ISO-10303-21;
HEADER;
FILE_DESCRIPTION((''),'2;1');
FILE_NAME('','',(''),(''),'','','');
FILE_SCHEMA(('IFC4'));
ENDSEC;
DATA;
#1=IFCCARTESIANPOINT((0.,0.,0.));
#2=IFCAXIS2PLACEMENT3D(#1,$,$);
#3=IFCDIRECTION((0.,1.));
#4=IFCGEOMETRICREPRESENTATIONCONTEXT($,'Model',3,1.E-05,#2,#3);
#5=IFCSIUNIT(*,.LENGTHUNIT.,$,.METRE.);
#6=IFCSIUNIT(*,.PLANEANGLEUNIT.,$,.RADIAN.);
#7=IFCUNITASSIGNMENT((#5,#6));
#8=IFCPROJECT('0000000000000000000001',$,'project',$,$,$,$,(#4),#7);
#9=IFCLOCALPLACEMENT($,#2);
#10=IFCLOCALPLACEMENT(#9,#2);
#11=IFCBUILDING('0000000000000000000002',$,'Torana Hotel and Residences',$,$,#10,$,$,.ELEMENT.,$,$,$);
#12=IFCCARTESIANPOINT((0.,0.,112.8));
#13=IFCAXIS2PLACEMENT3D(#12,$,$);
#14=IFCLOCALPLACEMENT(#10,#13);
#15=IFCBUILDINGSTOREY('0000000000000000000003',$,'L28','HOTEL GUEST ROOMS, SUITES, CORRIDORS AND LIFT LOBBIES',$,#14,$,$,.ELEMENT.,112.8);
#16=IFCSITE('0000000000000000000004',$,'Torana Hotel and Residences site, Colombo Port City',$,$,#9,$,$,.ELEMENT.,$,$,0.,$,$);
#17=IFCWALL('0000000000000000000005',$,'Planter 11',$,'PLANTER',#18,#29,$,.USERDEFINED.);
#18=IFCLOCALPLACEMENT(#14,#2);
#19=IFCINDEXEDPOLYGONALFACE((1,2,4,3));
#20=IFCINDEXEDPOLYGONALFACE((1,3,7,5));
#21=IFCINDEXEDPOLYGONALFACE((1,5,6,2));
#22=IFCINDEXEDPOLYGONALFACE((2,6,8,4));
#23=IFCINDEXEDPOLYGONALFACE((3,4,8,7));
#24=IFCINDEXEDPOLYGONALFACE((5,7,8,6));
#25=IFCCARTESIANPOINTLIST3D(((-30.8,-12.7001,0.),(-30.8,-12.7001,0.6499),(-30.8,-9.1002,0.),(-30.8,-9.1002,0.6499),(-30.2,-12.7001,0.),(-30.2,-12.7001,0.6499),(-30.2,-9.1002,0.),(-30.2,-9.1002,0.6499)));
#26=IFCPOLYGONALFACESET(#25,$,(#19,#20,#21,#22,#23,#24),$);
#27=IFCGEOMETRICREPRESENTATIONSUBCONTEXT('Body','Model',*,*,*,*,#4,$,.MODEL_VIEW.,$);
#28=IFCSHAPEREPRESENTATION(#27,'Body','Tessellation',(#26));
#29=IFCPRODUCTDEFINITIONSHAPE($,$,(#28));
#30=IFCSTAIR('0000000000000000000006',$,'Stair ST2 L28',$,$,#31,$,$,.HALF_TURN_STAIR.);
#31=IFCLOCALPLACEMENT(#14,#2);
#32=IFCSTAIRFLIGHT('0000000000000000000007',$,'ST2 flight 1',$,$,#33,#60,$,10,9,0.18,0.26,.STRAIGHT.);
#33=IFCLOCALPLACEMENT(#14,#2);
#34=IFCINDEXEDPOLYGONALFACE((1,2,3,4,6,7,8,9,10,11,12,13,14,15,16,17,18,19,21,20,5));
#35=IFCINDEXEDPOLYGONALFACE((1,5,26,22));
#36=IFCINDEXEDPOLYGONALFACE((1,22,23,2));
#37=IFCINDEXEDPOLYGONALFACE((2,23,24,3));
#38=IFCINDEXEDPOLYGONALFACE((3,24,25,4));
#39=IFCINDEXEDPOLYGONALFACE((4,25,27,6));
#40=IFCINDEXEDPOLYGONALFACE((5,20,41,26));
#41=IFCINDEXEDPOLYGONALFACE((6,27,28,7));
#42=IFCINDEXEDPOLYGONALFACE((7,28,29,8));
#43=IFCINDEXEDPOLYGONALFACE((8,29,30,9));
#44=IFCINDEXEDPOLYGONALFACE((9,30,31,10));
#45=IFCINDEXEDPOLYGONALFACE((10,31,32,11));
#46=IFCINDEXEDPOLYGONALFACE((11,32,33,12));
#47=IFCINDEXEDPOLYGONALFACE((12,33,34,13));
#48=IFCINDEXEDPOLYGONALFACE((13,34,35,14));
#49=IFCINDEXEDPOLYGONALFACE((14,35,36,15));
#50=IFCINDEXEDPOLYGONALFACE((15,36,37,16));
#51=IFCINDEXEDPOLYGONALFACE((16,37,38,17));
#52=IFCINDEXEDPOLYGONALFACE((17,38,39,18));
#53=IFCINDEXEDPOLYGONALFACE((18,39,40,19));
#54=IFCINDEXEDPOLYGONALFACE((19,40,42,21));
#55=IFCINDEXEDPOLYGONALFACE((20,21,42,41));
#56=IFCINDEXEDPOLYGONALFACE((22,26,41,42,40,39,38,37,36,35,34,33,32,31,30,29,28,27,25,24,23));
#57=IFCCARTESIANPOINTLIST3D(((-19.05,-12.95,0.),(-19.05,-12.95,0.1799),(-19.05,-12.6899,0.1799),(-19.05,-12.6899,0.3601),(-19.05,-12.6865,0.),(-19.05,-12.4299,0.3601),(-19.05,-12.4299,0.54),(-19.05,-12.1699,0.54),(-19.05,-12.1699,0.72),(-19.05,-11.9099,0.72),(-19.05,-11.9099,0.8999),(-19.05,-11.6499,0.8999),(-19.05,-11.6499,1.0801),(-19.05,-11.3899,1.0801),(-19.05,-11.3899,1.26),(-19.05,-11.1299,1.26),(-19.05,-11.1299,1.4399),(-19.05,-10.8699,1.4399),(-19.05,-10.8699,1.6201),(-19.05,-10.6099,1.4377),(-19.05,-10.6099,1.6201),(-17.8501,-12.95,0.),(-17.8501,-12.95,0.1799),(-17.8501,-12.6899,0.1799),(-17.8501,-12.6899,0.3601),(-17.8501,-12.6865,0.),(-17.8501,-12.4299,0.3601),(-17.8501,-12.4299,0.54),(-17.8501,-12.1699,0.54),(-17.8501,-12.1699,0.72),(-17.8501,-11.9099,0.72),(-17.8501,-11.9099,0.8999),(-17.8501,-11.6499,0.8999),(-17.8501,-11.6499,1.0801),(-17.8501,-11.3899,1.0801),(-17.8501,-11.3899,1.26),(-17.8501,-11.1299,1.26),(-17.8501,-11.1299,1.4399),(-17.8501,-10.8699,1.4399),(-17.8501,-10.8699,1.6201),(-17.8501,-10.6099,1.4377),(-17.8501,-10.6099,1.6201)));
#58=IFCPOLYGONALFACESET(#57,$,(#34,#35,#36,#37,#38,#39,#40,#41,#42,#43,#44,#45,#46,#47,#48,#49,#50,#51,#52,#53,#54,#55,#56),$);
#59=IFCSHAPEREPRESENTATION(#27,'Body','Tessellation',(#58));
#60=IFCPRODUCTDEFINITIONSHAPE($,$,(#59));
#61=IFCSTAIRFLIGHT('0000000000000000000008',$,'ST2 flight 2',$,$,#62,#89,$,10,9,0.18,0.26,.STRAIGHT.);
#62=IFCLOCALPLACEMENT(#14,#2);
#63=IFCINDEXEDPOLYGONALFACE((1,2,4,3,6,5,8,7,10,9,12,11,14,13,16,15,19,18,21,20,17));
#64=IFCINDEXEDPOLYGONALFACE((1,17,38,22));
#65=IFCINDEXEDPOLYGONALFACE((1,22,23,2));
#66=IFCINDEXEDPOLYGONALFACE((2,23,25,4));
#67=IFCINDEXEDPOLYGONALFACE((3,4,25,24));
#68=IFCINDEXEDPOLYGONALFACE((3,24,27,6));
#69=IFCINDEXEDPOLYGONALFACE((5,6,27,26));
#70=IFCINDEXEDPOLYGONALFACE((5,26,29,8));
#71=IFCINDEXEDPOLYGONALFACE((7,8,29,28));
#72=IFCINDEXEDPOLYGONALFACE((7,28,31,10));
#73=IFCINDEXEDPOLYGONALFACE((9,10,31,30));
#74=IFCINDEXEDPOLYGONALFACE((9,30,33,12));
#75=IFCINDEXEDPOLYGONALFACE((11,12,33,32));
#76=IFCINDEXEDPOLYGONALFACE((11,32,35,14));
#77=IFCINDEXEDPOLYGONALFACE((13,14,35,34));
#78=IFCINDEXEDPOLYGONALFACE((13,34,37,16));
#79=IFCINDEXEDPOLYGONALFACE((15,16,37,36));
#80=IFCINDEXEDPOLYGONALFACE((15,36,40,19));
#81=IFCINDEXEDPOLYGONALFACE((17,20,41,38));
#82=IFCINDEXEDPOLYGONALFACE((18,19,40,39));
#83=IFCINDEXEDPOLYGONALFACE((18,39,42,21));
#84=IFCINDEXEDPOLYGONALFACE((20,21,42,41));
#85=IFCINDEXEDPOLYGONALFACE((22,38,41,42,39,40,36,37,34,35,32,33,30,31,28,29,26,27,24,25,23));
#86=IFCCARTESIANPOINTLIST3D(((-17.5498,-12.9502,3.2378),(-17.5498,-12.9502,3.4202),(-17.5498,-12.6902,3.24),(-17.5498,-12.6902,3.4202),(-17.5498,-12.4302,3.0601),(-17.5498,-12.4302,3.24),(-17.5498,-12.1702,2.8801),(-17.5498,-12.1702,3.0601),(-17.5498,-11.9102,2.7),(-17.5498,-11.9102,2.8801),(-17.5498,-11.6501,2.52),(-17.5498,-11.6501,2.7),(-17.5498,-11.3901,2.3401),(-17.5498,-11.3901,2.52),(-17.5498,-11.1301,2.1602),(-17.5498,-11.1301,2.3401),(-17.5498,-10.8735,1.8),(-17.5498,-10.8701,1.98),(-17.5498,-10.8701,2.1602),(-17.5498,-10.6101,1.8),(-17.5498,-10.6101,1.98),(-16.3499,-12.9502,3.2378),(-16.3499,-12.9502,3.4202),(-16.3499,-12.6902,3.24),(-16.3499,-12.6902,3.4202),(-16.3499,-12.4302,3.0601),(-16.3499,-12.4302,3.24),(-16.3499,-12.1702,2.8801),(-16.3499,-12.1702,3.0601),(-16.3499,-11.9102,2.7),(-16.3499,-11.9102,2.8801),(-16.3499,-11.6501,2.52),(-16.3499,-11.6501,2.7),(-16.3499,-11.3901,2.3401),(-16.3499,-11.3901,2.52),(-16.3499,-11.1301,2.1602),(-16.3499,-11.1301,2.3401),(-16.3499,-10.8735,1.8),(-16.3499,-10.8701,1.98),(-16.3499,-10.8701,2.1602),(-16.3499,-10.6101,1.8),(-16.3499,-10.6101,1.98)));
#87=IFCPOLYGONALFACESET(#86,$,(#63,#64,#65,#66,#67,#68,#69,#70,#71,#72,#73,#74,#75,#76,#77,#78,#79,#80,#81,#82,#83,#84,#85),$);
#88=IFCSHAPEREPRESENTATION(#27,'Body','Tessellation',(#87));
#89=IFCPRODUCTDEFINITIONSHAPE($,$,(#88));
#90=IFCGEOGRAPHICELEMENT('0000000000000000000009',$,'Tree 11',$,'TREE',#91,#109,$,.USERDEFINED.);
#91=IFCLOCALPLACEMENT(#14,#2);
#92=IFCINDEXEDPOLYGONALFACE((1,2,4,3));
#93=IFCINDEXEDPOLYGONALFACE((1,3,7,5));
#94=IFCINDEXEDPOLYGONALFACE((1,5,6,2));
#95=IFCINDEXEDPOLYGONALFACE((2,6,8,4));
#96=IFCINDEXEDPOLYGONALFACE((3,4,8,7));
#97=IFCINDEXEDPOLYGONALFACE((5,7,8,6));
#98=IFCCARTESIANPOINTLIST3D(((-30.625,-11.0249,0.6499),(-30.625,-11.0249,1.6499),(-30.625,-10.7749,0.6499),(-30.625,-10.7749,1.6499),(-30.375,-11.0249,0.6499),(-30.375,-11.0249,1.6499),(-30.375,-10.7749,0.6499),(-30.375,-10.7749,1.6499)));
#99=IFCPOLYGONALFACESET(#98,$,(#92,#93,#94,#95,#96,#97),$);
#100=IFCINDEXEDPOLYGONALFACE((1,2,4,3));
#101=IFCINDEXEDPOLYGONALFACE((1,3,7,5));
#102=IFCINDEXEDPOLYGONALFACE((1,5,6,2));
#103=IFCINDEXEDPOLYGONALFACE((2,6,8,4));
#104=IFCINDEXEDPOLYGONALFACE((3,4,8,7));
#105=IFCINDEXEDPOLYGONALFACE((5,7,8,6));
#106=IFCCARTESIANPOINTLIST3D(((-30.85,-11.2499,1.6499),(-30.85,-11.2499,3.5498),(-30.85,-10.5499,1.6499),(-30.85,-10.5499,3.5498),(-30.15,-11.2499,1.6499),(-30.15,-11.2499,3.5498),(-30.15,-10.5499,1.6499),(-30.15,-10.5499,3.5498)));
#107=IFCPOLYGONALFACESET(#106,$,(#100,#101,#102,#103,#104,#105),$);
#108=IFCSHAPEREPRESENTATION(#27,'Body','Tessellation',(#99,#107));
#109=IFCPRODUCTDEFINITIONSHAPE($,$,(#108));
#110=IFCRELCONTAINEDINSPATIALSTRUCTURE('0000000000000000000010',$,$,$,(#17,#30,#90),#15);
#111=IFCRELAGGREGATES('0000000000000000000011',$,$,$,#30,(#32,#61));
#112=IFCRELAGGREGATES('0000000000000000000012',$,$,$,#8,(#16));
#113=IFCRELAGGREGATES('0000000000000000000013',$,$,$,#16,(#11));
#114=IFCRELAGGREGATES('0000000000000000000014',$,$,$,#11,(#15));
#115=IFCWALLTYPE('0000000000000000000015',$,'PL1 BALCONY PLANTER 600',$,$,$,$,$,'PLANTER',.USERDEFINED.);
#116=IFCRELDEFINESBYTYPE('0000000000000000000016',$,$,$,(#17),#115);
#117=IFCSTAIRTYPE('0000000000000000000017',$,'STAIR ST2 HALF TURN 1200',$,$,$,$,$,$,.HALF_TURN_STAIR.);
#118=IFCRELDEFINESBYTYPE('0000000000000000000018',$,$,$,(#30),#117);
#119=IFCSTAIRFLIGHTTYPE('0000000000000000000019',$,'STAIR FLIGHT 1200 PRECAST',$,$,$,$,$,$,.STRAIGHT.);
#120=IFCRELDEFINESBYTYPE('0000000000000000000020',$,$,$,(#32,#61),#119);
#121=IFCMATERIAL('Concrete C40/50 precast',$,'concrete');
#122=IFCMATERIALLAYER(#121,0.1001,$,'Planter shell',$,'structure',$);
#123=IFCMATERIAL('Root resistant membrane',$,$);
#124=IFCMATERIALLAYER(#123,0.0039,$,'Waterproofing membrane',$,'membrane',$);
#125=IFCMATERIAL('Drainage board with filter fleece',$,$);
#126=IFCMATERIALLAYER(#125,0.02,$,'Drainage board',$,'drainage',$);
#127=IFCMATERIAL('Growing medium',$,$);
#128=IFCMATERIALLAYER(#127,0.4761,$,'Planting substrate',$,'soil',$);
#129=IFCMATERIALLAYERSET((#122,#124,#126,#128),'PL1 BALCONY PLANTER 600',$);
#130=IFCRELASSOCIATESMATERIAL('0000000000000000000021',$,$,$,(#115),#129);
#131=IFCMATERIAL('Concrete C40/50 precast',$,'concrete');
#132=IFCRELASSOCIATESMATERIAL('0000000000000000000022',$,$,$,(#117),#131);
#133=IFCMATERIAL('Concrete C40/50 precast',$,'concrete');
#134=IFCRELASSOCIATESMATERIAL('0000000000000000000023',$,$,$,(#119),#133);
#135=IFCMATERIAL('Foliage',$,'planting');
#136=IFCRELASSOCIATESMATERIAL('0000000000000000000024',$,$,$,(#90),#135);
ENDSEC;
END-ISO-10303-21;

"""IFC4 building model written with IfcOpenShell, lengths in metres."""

from ifc_helpers import new_model, si_unit, direction, frame, frame_2d, origin, origin_2d, place, context, subcontext, project, spatial, polyline, rectangle, outline, extrude, material, layer, layer_set, type_object, element, aggregate, save


model = new_model("IFC4")

# Units and contexts
model_context = context("Model", 3, precision=1e-05, world=origin(), true_north=direction((0.0, 1.0)))
body_context = subcontext(model_context, "Body", "Model", "MODEL_VIEW")
ifc_project = project(units=[si_unit("LENGTHUNIT", "METRE"), si_unit("PLANEANGLEUNIT", "RADIAN")], contexts=[model_context])

# Site, building, storey
site_placement = place(None, origin())
site = spatial("IfcSite", under=ifc_project, at=site_placement, Name="Torana Hotel and Residences site, Colombo Port City", CompositionType="ELEMENT", RefElevation=0.0)
building_placement = place(site_placement, origin())
building = spatial("IfcBuilding", under=site, at=building_placement, Name="Torana Hotel and Residences", CompositionType="ELEMENT")
storey_placement = place(building_placement, frame((0.0, 0.0, 112.8)))
storey = spatial("IfcBuildingStorey", under=building, at=storey_placement, Name="L28", Description="HOTEL GUEST ROOMS, SUITES, CORRIDORS AND LIFT LOBBIES", CompositionType="ELEMENT", Elevation=112.8)

# Wall
ifc_material_1 = material(Name="Concrete C40/50 precast", Category="concrete")
ifc_layer_1 = layer(ifc_material_1, 0.1001, Name="Planter shell", Category="structure")
ifc_material_2 = material(Name="Root resistant membrane")
ifc_layer_2 = layer(ifc_material_2, 0.0039, Name="Waterproofing membrane", Category="membrane")
ifc_material_3 = material(Name="Drainage board with filter fleece")
ifc_layer_3 = layer(ifc_material_3, 0.02, Name="Drainage board", Category="drainage")
ifc_material_4 = material(Name="Growing medium")
ifc_layer_4 = layer(ifc_material_4, 0.4761, Name="Planting substrate", Category="soil")
ifc_layer_set_1 = layer_set([ifc_layer_1, ifc_layer_2, ifc_layer_3, ifc_layer_4], Name="PL1 BALCONY PLANTER 600")
wall_type_1 = type_object("IfcWallType", Name="PL1 BALCONY PLANTER 600", ElementType="PLANTER", PredefinedType="USERDEFINED", material=ifc_layer_set_1)
wall_1_placement = place(storey_placement, frame((-30.5, -12.7, 0.0), z_axis=(0.0, 0.0, 1.0), x_axis=(0.0, 1.0, 0.0)))
element("IfcWall", 1, at=wall_1_placement, inside=storey, type_object=wall_type_1, Name="Planter 11", ObjectType="PLANTER", PredefinedType="USERDEFINED", context=body_context, shape_type="SweptSolid", body=[
    extrude(rectangle(XDim=3.5999, YDim=0.6001, at=frame_2d((1.7998, 0.0))), origin(), (0.0, 0.0, 1.0), 0.6499),
])

# Stair, stair flights
ifc_material_5 = material(Name="Concrete C40/50 precast", Category="concrete")
stair_type = type_object("IfcStairType", Name="STAIR ST2 HALF TURN 1200", PredefinedType="HALF_TURN_STAIR", material=ifc_material_5)
stair_placement = place(storey_placement, origin())
stair = element("IfcStair", 2, at=stair_placement, inside=storey, type_object=stair_type, Name="Stair ST2 L28", PredefinedType="HALF_TURN_STAIR")
ifc_material_6 = material(Name="Concrete C40/50 precast", Category="concrete")
stair_flight_type = type_object("IfcStairFlightType", Name="STAIR FLIGHT 1200 PRECAST", PredefinedType="STRAIGHT", material=ifc_material_6)
stair_flight_1_placement = place(storey_placement, frame((-18.45, -12.95, 0.0), z_axis=(0.0, 0.0, 1.0), x_axis=(0.0, 1.0, 0.0)))
stair_flight_1 = element("IfcStairFlight", 3, at=stair_flight_1_placement, type_object=stair_flight_type, Name="ST2 flight 1", NumberOfRisers=10, NumberOfTreads=9, PredefinedType="STRAIGHT", RiserHeight=0.18, TreadLength=0.26, context=body_context, shape_type="SweptSolid", body=[
    extrude(outline(polyline([(0.0, 0.0), (0.0, 0.1799), (0.26, 0.1799), (0.26, 0.3601), (0.52, 0.3601), (0.52, 0.54), (0.78, 0.54), (0.78, 0.72), (1.04, 0.72), (1.04, 0.8999), (1.3, 0.8999), (1.3, 1.0801), (1.5601, 1.0801), (1.5601, 1.26), (1.8201, 1.26), (1.8201, 1.4399), (2.0801, 1.4399), (2.0801, 1.6201), (2.3401, 1.6201), (2.3401, 1.8), (2.3401, 1.4377), (0.2634, 0.0), (0.0, 0.0)])), frame((0.0, 0.6001, 0.0), z_axis=(0.0, -1.0, 0.0), x_axis=(1.0, 0.0, 0.0)), (0.0, 0.0, 1.0), 1.2),
])
stair_flight_2_placement = place(storey_placement, frame((-16.95, -10.6101, 1.8), z_axis=(0.0, 0.0, 1.0), x_axis=(0.0, -1.0, 0.0)))
stair_flight_2 = element("IfcStairFlight", 4, at=stair_flight_2_placement, type_object=stair_flight_type, Name="ST2 flight 2", NumberOfRisers=10, NumberOfTreads=9, PredefinedType="STRAIGHT", RiserHeight=0.18, TreadLength=0.26, context=body_context, shape_type="SweptSolid", body=[
    extrude(outline(polyline([(0.0, 0.0), (0.0, 0.1799), (0.26, 0.1799), (0.26, 0.3601), (0.52, 0.3601), (0.52, 0.54), (0.78, 0.54), (0.78, 0.72), (1.04, 0.72), (1.04, 0.8999), (1.3, 0.8999), (1.3, 1.0801), (1.5601, 1.0801), (1.5601, 1.26), (1.8201, 1.26), (1.8201, 1.4399), (2.0801, 1.4399), (2.0801, 1.6201), (2.3401, 1.6201), (2.3401, 1.8), (2.3401, 1.4377), (0.2634, 0.0), (0.0, 0.0)])), frame((0.0, 0.6001, 0.0), z_axis=(0.0, -1.0, 0.0), x_axis=(1.0, 0.0, 0.0)), (0.0, 0.0, 1.0), 1.2),
])
aggregate(stair, [stair_flight_1, stair_flight_2])

# Geographic element
ifc_material_7 = material(Name="Foliage", Category="planting")
geographic_element_placement = place(storey_placement, frame((-30.5, -10.8999, 0.6499), z_axis=(0.0, 0.0, 1.0), x_axis=(1.0, 0.0, 0.0)))
element("IfcGeographicElement", 5, at=geographic_element_placement, inside=storey, material=ifc_material_7, Name="Tree 11", ObjectType="TREE", PredefinedType="USERDEFINED", context=body_context, shape_type="SweptSolid", body=[
    extrude(rectangle(XDim=0.25, YDim=0.25, at=origin_2d()), origin(), (0.0, 0.0, 1.0), 1.0),
    extrude(rectangle(XDim=0.7, YDim=0.7, at=origin_2d()), frame((0.0, 0.0, 1.0)), (0.0, 0.0, 1.0), 1.8999),
])

save(model, "model.ifc")
